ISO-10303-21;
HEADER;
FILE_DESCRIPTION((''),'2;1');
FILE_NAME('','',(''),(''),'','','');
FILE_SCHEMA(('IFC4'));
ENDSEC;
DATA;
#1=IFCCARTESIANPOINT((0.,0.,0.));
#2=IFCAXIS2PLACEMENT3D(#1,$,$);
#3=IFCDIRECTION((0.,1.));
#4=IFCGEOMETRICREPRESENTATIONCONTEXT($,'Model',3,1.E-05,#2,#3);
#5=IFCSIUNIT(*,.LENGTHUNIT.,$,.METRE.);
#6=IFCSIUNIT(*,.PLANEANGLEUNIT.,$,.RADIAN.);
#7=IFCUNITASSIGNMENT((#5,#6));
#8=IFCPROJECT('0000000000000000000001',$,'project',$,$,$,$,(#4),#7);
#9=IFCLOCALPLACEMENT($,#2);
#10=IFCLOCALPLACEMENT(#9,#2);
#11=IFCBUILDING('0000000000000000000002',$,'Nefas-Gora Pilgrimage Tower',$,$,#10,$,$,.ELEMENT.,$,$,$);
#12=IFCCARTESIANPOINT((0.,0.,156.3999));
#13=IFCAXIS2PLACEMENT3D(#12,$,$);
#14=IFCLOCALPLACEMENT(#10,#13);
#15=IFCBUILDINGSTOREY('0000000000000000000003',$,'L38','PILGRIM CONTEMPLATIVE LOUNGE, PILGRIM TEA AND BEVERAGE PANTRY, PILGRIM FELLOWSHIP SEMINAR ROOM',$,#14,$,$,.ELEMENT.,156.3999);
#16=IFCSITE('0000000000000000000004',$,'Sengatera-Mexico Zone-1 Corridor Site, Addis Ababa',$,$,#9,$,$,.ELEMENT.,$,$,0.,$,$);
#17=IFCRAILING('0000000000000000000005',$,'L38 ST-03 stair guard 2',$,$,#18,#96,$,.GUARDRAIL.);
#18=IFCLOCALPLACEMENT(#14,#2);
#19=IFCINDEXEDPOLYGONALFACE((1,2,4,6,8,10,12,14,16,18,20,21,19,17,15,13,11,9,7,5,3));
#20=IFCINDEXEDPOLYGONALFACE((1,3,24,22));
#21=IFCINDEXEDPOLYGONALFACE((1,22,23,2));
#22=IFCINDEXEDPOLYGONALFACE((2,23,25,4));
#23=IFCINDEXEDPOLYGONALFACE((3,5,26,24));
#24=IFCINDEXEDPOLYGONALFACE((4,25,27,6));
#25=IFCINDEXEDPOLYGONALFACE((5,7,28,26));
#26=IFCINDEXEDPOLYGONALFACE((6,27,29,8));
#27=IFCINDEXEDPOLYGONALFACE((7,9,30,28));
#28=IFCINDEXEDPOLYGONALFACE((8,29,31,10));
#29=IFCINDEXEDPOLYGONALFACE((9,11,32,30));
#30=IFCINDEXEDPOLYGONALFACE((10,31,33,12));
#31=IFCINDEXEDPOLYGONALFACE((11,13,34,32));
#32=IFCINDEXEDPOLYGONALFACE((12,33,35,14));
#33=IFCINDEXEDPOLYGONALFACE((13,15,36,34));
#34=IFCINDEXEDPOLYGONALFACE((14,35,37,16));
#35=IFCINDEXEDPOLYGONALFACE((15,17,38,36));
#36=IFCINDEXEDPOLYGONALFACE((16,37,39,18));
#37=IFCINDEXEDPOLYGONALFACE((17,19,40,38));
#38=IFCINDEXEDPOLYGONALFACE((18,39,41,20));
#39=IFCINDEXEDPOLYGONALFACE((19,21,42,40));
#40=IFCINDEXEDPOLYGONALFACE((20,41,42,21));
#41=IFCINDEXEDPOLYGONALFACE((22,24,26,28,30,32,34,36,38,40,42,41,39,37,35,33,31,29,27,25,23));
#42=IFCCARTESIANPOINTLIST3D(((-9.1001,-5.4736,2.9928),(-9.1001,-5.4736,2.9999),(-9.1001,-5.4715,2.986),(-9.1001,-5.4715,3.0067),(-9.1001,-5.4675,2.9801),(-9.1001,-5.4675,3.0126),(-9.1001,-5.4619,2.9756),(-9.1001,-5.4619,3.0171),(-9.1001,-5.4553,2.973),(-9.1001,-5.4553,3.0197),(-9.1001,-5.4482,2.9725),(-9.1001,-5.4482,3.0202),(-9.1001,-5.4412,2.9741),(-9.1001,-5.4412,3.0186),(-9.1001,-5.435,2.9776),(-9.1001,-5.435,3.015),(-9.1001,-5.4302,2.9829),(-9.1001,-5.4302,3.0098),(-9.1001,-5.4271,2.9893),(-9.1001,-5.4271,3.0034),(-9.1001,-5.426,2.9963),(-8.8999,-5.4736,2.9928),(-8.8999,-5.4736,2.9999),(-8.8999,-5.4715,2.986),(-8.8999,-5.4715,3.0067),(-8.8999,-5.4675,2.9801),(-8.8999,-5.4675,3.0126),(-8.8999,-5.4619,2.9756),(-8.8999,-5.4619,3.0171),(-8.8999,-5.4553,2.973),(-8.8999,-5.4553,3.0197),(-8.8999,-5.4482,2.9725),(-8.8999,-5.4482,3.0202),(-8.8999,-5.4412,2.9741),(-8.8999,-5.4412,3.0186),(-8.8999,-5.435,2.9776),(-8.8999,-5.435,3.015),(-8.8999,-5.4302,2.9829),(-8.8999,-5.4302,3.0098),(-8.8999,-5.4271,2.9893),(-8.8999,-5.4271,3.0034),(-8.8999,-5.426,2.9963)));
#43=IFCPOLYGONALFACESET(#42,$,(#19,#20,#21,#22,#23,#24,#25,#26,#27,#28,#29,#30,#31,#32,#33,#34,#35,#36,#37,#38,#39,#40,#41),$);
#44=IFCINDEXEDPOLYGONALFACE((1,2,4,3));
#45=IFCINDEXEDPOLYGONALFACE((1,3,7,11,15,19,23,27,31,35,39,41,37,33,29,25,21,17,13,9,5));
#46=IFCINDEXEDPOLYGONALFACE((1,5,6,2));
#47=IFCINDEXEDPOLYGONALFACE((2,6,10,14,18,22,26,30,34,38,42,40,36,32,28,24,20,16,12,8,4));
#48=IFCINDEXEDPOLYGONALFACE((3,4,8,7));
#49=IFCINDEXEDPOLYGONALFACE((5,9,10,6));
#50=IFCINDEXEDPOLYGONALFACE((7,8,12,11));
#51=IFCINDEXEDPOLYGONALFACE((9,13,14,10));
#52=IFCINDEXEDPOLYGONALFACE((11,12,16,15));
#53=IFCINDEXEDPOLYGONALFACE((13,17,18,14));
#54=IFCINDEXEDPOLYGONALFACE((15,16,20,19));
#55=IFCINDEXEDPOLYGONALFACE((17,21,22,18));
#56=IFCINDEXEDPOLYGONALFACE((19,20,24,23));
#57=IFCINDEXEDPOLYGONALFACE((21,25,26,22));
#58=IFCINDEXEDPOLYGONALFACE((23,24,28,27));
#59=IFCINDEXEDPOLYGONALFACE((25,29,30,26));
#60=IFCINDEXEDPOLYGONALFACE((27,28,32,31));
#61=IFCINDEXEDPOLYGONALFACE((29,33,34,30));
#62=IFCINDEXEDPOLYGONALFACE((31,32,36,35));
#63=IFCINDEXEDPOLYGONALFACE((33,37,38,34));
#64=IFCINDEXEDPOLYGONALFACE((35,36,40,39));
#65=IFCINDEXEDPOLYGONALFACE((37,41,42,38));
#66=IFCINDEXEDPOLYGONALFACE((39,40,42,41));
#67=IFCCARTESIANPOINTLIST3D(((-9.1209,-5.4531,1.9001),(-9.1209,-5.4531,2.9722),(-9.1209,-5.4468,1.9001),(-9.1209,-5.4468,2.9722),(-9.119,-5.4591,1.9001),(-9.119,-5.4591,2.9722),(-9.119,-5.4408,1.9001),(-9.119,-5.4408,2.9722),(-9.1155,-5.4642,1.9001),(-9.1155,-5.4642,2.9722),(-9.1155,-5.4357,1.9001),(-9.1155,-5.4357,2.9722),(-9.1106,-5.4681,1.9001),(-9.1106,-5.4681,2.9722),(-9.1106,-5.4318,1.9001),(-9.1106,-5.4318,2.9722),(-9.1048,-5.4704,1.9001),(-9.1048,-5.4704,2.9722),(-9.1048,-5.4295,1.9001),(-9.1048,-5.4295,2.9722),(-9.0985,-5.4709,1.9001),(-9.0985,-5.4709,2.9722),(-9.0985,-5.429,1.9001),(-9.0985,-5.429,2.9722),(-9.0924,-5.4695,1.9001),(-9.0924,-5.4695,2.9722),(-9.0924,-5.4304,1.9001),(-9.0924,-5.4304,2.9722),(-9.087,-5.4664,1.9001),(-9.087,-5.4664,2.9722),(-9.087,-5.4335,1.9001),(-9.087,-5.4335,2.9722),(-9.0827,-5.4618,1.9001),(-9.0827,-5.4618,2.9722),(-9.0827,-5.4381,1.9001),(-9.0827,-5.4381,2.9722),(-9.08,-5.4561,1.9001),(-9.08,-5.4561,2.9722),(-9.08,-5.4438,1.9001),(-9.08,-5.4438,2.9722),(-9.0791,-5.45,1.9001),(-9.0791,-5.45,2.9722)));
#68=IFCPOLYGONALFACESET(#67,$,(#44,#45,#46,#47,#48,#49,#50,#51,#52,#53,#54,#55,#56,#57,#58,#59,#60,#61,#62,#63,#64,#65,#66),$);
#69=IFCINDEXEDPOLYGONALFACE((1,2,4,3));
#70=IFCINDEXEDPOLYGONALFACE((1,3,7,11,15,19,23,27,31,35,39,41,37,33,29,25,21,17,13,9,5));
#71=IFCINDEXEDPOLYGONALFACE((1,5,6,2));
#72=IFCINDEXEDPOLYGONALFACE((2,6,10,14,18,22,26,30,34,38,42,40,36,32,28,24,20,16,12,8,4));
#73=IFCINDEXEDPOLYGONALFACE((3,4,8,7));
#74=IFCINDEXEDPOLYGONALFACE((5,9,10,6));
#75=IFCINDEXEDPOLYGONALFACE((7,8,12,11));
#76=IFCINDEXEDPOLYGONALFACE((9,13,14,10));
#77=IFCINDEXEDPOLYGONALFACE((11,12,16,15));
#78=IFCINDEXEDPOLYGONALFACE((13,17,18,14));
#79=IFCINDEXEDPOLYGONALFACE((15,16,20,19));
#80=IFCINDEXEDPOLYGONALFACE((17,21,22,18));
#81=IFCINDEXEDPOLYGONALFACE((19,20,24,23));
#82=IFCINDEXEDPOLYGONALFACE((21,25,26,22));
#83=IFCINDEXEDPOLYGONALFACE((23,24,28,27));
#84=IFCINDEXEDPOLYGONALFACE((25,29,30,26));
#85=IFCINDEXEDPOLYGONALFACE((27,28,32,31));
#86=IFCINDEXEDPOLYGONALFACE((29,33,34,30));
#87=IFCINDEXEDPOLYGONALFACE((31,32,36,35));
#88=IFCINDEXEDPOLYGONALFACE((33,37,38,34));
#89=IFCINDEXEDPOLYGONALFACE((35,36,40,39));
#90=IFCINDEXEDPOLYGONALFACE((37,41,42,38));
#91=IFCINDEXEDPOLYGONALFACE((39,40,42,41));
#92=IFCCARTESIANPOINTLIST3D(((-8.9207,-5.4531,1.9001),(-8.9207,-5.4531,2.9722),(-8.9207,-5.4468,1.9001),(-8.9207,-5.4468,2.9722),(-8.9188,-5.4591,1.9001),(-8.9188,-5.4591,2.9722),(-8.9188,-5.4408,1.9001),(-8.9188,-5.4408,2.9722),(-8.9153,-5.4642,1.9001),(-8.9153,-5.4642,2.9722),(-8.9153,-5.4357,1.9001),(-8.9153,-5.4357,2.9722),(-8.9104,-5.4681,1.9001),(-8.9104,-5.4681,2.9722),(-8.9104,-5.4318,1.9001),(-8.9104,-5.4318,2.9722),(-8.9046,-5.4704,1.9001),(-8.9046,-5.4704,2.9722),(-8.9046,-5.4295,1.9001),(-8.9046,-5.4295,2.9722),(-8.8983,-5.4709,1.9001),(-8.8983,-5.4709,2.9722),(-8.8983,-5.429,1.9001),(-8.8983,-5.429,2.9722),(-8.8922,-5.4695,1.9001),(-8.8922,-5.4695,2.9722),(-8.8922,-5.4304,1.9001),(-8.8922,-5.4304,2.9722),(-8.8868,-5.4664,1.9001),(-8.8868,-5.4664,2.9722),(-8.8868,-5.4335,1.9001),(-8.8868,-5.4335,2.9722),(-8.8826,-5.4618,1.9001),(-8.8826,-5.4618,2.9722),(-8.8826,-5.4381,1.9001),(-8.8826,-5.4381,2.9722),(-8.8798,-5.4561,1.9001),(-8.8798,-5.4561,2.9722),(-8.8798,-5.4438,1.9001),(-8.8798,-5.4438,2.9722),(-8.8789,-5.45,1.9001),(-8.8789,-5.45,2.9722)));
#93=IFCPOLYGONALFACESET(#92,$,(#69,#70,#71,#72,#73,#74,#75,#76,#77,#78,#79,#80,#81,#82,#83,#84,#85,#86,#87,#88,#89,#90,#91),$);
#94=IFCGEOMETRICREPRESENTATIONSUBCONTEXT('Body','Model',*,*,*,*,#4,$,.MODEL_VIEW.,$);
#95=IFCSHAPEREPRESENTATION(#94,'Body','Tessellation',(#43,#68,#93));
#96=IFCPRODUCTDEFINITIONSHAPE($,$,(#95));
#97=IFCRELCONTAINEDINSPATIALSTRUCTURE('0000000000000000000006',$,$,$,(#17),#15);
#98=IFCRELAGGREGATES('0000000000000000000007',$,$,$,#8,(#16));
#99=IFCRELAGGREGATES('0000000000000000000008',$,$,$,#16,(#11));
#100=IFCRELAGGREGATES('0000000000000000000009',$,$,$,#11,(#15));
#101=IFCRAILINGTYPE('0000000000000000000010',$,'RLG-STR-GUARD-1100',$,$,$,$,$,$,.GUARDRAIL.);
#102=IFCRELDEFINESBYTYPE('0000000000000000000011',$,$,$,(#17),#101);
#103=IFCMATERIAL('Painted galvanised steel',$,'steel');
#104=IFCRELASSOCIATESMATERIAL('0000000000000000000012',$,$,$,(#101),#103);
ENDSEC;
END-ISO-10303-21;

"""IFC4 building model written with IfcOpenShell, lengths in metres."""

from ifc_helpers import new_model, si_unit, direction, frame, origin, origin_2d, place, context, subcontext, project, spatial, circle, extrude, material, type_object, element, save


model = new_model("IFC4")

# Units and contexts
model_context = context("Model", 3, precision=1e-05, world=origin(), true_north=direction((0.0, 1.0)))
body_context = subcontext(model_context, "Body", "Model", "MODEL_VIEW")
ifc_project = project(units=[si_unit("LENGTHUNIT", "METRE"), si_unit("PLANEANGLEUNIT", "RADIAN")], contexts=[model_context])

# Site, building, storey
site_placement = place(None, origin())
site = spatial("IfcSite", under=ifc_project, at=site_placement, Name="Sengatera-Mexico Zone-1 Corridor Site, Addis Ababa", CompositionType="ELEMENT", RefElevation=0.0)
building_placement = place(site_placement, origin())
building = spatial("IfcBuilding", under=site, at=building_placement, Name="Nefas-Gora Pilgrimage Tower", CompositionType="ELEMENT")
storey_placement = place(building_placement, frame((0.0, 0.0, 156.3999)))
storey = spatial("IfcBuildingStorey", under=building, at=storey_placement, Name="L38", Description="PILGRIM CONTEMPLATIVE LOUNGE, PILGRIM TEA AND BEVERAGE PANTRY, PILGRIM FELLOWSHIP SEMINAR ROOM", CompositionType="ELEMENT", Elevation=156.3999)

# Railing
ifc_material_1 = material(Name="Painted galvanised steel", Category="steel")
railing_type_1 = type_object("IfcRailingType", Name="RLG-STR-GUARD-1100", PredefinedType="GUARDRAIL", material=ifc_material_1)
railing_1_placement = place(storey_placement, frame((-9.1001, -5.45, 1.9001)))
element("IfcRailing", 1, at=railing_1_placement, inside=storey, type_object=railing_type_1, Name="L38 ST-03 stair guard 2", PredefinedType="GUARDRAIL", context=body_context, shape_type="SweptSolid", body=[
    extrude(circle(Radius=0.0239, at=origin_2d()), frame((0.0, 0.0, 1.0962), z_axis=(1.0, 0.0, 0.0), x_axis=(0.0, 1.0, 0.0)), (0.0, 0.0, 1.0), 0.2002),
    extrude(circle(Radius=0.021, at=origin_2d()), origin(), (0.0, 0.0, 1.0), 1.072),
    extrude(circle(Radius=0.021, at=origin_2d()), frame((0.2002, 0.0, 0.0)), (0.0, 0.0, 1.0), 1.072),
])

save(model, "model.ifc")
